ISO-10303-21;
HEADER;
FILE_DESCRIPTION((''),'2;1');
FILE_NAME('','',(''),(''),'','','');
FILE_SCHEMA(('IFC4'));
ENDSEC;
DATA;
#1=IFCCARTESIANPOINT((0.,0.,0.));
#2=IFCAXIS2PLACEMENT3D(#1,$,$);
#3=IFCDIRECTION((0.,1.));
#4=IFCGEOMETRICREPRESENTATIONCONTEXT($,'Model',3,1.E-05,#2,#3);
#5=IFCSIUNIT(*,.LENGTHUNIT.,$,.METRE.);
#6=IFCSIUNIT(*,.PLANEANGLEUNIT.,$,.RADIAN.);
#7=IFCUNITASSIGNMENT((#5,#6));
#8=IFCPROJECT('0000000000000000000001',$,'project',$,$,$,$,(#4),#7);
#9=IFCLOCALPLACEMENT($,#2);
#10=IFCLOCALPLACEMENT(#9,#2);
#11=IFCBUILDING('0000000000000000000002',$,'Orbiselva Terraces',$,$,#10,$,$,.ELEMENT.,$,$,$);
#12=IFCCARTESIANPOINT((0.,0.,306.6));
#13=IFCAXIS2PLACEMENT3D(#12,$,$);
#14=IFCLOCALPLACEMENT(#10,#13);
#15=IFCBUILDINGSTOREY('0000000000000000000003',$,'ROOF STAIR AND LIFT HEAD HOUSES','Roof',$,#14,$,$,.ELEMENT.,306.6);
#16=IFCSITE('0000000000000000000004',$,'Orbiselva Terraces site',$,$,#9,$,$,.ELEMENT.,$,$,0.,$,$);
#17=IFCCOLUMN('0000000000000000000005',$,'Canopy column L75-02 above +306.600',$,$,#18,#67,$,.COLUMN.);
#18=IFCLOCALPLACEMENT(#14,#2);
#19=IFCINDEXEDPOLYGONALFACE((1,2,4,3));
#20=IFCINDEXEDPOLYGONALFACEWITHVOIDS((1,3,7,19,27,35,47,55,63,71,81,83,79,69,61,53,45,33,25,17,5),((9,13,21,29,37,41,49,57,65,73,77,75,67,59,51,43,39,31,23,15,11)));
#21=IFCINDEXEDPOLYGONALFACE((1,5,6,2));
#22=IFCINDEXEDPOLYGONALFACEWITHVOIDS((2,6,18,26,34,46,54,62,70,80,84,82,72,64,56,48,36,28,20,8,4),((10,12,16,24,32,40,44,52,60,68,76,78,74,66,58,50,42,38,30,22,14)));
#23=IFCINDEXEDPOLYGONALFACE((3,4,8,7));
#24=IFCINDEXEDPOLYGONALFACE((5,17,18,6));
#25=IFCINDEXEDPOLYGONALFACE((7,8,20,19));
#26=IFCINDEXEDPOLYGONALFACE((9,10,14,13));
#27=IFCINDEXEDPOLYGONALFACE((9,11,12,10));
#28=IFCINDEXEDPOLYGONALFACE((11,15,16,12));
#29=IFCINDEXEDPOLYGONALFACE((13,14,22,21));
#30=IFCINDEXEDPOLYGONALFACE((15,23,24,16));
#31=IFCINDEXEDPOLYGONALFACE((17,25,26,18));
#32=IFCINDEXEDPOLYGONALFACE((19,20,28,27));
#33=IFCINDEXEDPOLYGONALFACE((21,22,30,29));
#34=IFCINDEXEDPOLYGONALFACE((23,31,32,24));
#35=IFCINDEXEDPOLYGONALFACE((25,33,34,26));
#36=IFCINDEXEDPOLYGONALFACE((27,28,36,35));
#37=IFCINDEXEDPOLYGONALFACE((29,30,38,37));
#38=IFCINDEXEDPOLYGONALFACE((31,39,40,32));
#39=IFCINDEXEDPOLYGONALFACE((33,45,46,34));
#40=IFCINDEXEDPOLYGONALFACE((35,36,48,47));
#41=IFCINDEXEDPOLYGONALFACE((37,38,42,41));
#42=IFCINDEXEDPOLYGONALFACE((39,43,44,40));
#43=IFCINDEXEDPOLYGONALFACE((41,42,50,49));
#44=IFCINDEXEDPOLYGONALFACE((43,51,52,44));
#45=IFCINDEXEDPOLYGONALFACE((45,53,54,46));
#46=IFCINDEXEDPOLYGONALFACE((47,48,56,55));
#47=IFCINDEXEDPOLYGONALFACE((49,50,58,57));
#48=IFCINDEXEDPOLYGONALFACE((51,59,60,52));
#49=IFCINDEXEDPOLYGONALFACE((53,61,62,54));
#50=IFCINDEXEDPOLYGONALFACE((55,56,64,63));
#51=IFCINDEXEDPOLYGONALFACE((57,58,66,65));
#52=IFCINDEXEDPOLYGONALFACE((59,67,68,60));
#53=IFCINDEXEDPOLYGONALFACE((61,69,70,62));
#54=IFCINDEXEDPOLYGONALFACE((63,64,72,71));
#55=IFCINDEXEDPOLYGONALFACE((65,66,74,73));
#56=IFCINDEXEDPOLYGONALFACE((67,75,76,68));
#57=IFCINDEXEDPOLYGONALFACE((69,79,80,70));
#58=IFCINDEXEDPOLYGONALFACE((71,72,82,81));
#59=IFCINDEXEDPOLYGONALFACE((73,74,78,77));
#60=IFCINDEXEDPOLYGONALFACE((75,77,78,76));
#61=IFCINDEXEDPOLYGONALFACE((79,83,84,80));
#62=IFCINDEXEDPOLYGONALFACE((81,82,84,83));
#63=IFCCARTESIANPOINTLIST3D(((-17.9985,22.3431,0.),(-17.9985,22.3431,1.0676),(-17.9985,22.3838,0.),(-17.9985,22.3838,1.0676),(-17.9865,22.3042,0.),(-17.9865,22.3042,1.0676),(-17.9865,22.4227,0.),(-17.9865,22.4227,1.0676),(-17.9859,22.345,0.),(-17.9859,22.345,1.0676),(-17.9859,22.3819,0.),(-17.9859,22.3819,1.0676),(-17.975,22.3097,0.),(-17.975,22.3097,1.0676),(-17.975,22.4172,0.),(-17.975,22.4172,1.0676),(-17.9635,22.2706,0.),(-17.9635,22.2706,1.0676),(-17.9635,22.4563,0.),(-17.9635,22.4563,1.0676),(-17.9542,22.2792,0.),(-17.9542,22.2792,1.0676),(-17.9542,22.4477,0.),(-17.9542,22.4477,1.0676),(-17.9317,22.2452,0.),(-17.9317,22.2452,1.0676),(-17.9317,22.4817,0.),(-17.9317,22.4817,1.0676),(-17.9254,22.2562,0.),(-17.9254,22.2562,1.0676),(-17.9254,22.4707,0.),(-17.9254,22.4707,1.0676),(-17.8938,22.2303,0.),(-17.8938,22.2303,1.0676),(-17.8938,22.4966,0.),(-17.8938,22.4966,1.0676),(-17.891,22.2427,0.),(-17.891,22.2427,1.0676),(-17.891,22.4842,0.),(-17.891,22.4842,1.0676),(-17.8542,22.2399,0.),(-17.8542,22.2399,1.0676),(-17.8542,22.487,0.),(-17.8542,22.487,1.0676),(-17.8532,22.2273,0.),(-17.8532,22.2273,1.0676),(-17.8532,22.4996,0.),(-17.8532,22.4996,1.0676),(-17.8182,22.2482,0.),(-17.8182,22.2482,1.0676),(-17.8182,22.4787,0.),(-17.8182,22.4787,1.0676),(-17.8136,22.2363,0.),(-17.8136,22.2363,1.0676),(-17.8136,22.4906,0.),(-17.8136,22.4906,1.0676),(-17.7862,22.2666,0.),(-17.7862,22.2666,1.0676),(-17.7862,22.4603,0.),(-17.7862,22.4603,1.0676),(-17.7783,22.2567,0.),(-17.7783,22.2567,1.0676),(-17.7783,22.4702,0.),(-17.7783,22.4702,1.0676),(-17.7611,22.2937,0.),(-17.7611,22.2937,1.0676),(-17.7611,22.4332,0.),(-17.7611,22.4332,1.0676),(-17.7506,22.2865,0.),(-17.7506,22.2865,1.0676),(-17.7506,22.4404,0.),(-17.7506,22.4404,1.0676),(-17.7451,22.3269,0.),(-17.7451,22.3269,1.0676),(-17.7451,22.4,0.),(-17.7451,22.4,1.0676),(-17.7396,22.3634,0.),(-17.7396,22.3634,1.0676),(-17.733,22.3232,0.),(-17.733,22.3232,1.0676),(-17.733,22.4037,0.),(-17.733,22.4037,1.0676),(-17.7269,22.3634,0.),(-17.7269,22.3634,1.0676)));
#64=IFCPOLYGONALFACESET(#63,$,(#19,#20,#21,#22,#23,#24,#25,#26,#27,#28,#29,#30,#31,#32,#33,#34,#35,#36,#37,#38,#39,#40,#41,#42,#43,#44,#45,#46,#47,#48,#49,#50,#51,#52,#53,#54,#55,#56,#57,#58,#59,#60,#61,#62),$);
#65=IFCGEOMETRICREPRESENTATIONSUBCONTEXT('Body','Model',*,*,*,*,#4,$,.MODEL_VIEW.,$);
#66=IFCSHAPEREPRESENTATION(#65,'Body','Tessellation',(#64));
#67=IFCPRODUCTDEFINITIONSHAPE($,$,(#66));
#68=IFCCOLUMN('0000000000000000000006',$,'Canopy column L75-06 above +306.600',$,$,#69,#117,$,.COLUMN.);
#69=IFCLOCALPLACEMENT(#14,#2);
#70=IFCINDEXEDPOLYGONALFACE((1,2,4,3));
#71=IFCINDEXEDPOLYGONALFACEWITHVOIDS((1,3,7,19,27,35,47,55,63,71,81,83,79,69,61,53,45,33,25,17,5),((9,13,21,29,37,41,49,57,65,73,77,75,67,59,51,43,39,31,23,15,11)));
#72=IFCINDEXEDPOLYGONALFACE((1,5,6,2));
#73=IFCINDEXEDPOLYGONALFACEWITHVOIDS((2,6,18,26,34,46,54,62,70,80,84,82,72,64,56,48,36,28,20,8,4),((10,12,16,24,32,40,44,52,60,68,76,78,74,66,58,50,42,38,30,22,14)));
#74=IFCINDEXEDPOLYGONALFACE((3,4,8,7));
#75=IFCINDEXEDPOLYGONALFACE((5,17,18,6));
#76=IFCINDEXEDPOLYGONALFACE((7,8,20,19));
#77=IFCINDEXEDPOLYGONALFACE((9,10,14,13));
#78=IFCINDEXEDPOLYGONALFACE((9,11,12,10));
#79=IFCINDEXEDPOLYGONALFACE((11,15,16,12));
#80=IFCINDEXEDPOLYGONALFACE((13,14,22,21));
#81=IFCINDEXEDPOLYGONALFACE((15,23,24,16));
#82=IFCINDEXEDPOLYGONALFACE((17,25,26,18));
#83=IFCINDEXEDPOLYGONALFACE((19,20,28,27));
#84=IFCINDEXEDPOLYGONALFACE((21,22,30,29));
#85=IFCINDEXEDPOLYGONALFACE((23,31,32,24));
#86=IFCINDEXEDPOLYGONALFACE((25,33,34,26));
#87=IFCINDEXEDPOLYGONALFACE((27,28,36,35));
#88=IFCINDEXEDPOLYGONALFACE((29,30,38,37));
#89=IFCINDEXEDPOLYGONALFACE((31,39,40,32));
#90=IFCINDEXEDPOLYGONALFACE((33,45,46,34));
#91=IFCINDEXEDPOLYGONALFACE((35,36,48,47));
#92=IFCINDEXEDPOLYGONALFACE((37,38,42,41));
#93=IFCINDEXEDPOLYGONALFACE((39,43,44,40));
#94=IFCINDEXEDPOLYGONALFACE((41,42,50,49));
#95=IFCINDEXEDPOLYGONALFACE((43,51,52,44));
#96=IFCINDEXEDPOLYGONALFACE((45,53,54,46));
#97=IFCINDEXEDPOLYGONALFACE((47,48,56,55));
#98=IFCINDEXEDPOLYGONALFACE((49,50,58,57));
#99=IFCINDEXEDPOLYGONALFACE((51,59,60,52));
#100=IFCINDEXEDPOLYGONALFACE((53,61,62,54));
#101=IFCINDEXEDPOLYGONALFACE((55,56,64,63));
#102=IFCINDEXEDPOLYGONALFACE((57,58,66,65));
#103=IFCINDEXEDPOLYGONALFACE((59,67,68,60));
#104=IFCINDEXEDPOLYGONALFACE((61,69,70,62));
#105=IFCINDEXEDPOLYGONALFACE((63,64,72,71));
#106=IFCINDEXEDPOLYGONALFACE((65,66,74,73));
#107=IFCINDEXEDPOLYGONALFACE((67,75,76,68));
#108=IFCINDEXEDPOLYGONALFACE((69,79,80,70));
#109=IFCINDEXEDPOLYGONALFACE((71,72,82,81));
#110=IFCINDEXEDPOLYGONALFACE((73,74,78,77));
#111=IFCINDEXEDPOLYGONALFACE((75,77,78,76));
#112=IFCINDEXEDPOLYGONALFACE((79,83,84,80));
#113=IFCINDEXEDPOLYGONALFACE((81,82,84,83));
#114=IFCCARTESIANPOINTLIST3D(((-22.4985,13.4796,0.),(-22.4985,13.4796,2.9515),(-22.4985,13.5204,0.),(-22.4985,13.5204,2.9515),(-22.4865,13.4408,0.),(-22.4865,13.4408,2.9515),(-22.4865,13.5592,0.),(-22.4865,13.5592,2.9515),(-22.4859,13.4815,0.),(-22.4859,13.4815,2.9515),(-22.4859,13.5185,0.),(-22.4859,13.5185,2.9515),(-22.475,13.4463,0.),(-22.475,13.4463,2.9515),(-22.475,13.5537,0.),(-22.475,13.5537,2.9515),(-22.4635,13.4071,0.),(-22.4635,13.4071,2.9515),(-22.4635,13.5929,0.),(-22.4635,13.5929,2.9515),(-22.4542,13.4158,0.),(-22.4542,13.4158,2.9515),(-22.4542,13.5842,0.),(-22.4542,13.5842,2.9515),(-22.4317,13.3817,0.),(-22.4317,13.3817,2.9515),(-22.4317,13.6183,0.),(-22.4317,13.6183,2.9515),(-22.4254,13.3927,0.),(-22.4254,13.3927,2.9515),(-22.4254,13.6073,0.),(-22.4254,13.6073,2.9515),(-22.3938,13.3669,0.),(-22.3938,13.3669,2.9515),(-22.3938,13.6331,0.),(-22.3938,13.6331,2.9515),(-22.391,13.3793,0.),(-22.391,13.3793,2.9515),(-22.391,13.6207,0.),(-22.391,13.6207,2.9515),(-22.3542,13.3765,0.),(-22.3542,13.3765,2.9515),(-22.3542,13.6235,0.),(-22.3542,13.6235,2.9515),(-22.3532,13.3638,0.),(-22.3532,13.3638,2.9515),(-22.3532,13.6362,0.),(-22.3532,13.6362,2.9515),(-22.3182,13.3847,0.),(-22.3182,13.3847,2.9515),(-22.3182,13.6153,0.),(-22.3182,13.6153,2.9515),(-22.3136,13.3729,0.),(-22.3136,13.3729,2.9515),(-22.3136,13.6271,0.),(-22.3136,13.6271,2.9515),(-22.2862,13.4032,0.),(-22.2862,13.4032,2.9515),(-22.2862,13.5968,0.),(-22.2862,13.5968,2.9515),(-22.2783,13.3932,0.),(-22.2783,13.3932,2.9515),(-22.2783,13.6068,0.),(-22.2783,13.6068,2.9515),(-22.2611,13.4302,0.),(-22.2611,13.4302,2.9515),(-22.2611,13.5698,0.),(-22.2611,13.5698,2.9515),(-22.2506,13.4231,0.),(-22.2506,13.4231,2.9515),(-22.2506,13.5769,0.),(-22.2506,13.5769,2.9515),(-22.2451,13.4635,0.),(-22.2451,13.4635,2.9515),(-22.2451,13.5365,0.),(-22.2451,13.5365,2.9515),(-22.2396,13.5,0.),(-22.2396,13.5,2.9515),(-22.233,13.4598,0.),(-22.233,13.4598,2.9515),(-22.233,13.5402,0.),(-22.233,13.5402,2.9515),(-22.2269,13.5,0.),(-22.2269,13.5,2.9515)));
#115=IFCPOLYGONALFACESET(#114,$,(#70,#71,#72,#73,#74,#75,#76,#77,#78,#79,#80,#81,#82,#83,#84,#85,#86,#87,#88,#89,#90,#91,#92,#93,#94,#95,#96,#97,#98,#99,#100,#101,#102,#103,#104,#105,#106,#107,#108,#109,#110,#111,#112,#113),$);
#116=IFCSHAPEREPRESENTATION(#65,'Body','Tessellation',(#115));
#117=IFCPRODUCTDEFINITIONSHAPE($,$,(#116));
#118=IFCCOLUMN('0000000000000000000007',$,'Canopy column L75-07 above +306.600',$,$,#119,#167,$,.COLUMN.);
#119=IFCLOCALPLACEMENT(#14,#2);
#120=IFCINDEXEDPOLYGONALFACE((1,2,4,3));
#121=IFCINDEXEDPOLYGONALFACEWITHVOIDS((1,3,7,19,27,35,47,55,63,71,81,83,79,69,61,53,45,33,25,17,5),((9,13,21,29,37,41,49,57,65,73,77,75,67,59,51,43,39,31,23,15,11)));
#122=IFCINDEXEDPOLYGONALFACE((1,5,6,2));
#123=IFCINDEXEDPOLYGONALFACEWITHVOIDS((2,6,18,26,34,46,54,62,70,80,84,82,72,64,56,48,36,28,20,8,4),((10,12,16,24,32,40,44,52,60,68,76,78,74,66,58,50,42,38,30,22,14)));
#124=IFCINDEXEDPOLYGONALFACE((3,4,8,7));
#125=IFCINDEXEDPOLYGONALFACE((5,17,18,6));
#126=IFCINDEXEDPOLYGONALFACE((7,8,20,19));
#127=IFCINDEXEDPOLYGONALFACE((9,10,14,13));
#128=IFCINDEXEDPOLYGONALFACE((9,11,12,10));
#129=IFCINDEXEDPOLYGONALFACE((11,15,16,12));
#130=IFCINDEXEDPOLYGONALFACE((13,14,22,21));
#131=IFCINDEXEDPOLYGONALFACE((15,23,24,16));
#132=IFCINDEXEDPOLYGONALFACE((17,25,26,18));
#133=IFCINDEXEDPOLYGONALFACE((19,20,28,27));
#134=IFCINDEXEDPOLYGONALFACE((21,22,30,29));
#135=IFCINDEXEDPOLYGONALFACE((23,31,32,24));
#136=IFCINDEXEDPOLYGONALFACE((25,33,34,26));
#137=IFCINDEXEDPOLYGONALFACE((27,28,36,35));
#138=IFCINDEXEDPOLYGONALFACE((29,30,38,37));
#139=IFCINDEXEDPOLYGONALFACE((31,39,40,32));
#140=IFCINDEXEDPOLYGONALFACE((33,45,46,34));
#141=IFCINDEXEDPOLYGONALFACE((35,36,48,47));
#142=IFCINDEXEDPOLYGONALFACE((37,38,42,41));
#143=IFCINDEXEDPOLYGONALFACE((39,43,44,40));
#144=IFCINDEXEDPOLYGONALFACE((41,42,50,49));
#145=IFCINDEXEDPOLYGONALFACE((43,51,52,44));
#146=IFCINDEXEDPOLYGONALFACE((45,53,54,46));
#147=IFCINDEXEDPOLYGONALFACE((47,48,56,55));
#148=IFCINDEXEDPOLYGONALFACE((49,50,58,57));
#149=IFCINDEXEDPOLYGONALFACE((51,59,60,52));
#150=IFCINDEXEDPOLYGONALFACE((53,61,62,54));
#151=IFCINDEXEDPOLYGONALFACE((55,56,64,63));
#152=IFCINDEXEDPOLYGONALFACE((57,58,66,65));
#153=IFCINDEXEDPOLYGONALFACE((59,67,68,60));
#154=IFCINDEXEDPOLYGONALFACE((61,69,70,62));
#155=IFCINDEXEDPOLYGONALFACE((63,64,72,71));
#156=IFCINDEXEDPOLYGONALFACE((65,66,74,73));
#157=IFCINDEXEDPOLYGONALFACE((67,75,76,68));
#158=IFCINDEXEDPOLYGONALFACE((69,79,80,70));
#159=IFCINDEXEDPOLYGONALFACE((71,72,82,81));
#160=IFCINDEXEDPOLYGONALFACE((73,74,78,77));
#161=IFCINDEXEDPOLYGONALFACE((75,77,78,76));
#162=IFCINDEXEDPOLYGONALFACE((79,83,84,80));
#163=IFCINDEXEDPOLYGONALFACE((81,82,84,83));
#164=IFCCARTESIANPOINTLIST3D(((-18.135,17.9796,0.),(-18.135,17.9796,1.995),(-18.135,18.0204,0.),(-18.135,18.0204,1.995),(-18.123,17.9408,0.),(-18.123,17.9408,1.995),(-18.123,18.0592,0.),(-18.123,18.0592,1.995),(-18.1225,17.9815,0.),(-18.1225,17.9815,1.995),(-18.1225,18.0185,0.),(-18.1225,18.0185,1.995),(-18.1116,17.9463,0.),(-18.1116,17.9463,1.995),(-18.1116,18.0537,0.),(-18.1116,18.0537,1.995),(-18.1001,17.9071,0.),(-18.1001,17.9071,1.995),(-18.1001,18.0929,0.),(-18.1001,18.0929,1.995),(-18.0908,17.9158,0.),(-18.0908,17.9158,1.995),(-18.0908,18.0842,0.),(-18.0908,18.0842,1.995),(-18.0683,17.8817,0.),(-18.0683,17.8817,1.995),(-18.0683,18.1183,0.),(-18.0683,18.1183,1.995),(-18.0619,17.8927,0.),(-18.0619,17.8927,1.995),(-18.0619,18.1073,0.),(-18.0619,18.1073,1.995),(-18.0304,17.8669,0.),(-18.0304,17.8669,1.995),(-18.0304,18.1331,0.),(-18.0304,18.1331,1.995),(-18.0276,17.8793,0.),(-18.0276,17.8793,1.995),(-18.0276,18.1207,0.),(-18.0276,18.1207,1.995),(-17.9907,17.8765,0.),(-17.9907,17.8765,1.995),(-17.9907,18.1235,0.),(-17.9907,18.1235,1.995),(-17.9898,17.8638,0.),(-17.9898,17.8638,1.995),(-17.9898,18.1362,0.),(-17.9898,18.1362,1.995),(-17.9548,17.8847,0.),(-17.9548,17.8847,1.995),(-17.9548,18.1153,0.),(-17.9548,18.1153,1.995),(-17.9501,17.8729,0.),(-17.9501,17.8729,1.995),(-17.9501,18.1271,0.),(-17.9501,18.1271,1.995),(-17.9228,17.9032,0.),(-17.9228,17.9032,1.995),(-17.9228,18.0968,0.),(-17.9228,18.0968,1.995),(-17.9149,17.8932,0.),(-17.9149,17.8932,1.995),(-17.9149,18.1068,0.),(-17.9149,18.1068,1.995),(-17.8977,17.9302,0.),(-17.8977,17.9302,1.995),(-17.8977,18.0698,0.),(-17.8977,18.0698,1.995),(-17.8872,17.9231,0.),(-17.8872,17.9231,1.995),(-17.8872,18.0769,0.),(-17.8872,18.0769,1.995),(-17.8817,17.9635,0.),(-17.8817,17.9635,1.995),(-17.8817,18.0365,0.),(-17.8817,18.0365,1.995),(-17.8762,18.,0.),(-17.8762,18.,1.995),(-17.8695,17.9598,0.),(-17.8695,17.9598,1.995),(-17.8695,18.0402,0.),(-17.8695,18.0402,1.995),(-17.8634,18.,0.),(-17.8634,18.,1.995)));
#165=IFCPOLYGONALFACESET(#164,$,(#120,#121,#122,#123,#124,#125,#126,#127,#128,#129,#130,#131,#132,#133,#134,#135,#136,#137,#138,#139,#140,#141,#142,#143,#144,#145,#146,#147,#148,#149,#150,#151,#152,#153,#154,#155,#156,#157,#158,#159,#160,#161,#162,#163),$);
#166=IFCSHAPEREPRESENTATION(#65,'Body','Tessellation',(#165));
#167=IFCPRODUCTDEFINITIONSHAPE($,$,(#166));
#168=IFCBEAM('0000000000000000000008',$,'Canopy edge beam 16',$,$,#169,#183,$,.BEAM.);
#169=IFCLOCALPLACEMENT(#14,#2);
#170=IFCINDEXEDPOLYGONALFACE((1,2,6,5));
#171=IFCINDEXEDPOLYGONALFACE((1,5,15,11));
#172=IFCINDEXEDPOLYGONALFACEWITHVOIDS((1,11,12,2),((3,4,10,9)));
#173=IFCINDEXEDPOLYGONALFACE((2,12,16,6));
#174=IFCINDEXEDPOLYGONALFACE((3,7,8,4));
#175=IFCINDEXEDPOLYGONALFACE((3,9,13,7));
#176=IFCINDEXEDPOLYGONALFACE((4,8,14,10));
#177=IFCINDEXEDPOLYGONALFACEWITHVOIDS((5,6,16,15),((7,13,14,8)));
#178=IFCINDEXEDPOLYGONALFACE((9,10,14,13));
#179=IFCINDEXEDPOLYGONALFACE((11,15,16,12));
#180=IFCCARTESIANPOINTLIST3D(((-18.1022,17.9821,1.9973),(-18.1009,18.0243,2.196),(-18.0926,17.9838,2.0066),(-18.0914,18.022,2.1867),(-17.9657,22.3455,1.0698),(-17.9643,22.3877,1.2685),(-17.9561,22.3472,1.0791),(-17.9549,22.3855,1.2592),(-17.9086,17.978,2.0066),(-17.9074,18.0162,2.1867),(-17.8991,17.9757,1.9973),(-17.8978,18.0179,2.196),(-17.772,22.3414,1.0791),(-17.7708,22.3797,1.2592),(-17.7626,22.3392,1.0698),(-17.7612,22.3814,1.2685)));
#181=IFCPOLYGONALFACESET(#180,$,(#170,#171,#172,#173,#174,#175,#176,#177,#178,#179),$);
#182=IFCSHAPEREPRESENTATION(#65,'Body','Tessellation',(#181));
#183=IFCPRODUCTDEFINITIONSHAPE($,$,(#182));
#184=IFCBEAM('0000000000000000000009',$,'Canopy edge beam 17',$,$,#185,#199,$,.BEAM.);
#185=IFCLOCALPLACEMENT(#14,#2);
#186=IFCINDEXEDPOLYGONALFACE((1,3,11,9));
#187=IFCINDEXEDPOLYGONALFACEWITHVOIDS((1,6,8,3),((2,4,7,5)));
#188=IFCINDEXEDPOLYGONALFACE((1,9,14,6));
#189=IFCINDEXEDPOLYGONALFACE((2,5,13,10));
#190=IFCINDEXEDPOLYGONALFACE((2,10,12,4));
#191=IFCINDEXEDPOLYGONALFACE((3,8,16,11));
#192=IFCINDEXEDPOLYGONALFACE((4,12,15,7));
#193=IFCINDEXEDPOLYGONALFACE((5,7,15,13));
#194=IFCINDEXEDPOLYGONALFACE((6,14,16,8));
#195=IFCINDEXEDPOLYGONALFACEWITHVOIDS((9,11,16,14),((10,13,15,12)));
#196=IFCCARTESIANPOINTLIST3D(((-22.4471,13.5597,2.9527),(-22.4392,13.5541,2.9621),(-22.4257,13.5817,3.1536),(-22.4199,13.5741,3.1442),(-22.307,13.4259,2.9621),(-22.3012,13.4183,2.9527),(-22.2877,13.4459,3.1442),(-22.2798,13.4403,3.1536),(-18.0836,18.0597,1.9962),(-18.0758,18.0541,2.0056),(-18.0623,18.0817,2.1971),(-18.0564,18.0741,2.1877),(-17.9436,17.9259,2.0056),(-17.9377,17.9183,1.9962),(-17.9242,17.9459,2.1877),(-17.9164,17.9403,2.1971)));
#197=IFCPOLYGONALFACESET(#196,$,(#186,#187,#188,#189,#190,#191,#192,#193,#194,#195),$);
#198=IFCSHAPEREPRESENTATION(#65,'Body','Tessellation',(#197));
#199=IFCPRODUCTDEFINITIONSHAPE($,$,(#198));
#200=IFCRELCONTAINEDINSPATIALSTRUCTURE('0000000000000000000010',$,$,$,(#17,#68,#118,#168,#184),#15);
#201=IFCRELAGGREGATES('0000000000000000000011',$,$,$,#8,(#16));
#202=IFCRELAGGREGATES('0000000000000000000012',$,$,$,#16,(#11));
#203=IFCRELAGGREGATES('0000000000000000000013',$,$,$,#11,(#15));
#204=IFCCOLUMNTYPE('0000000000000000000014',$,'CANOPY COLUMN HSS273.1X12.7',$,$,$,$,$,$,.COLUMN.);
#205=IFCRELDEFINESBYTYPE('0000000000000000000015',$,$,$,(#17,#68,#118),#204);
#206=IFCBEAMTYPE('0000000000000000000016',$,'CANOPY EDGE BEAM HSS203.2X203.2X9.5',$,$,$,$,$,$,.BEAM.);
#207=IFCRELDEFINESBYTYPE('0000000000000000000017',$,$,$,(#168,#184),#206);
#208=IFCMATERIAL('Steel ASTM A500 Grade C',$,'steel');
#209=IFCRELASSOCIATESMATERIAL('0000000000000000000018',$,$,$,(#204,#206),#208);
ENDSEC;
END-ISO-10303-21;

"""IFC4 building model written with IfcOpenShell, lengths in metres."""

from ifc_helpers import new_model, si_unit, direction, frame, origin, origin_2d, place, context, subcontext, project, spatial, hollow_rectangle, hollow_circle, extrude, material, material_profile, profile_set, type_object, element, save


model = new_model("IFC4")

# Units and contexts
model_context = context("Model", 3, precision=1e-05, world=origin(), true_north=direction((0.0, 1.0)))
body_context = subcontext(model_context, "Body", "Model", "MODEL_VIEW")
ifc_project = project(units=[si_unit("LENGTHUNIT", "METRE"), si_unit("PLANEANGLEUNIT", "RADIAN")], contexts=[model_context])

# Site, building, storey
site_placement = place(None, origin())
site = spatial("IfcSite", under=ifc_project, at=site_placement, Name="Orbiselva Terraces site", CompositionType="ELEMENT", RefElevation=0.0)
building_placement = place(site_placement, origin())
building = spatial("IfcBuilding", under=site, at=building_placement, Name="Orbiselva Terraces", CompositionType="ELEMENT")
storey_placement = place(building_placement, frame((0.0, 0.0, 306.6)))
storey = spatial("IfcBuildingStorey", under=building, at=storey_placement, Name="ROOF STAIR AND LIFT HEAD HOUSES", Description="Roof", CompositionType="ELEMENT", Elevation=306.6)

# Columns
ifc_material_1 = material(Name="Steel ASTM A500 Grade C", Category="steel")
ifc_material_profile_1 = material_profile(ifc_material_1, hollow_circle(Radius=0.1366, WallThickness=0.0127, at=origin_2d()), Name="HSS273.1X12.7")
ifc_profile_set_1 = profile_set([ifc_material_profile_1], Name="Steel ASTM A500 Grade C")
column_type = type_object("IfcColumnType", Name="CANOPY COLUMN HSS273.1X12.7", PredefinedType="COLUMN", material=ifc_profile_set_1)
column_1_placement = place(storey_placement, frame((-17.8635, 22.3635, 0.0), z_axis=(0.0, 0.0, 1.0), x_axis=(1.0, 0.0, 0.0)))
element("IfcColumn", 1, at=column_1_placement, inside=storey, type_object=column_type, Name="Canopy column L75-02 above +306.600", PredefinedType="COLUMN", context=body_context, shape_type="SweptSolid", body=[
    extrude(hollow_circle(Radius=0.1366, WallThickness=0.0127, at=origin_2d()), origin(), (0.0, 0.0, 1.0), 1.0676),
])
column_2_placement = place(storey_placement, frame((-22.3635, 13.5, 0.0), z_axis=(0.0, 0.0, 1.0), x_axis=(1.0, 0.0, 0.0)))
element("IfcColumn", 2, at=column_2_placement, inside=storey, type_object=column_type, Name="Canopy column L75-06 above +306.600", PredefinedType="COLUMN", context=body_context, shape_type="SweptSolid", body=[
    extrude(hollow_circle(Radius=0.1366, WallThickness=0.0127, at=origin_2d()), origin(), (0.0, 0.0, 1.0), 2.9515),
])
column_3_placement = place(storey_placement, frame((-18.0, 18.0, 0.0), z_axis=(0.0, 0.0, 1.0), x_axis=(1.0, 0.0, 0.0)))
element("IfcColumn", 3, at=column_3_placement, inside=storey, type_object=column_type, Name="Canopy column L75-07 above +306.600", PredefinedType="COLUMN", context=body_context, shape_type="SweptSolid", body=[
    extrude(hollow_circle(Radius=0.1366, WallThickness=0.0127, at=origin_2d()), origin(), (0.0, 0.0, 1.0), 1.995),
])

# Beams
ifc_material_profile_2 = material_profile(ifc_material_1, hollow_rectangle(XDim=0.2032, YDim=0.2032, WallThickness=0.0095, at=origin_2d()), Name="HSS203.2X203.2X9.5")
ifc_profile_set_2 = profile_set([ifc_material_profile_2], Name="Steel ASTM A500 Grade C")
beam_type_1 = type_object("IfcBeamType", Name="CANOPY EDGE BEAM HSS203.2X203.2X9.5", PredefinedType="BEAM", material=ifc_profile_set_2)
beam_1_placement = place(storey_placement, frame((-17.8635, 22.3635, 1.1692), z_axis=(-0.030596, -0.97769, 0.207814), x_axis=(0.999511, -0.031279, 0.0)))
element("IfcBeam", 4, at=beam_1_placement, inside=storey, type_object=beam_type_1, Name="Canopy edge beam 16", PredefinedType="BEAM", context=body_context, shape_type="SweptSolid", body=[
    extrude(hollow_rectangle(XDim=0.2032, YDim=0.2032, WallThickness=0.0095, at=origin_2d()), origin(), (0.0, 0.0, 1.0), 4.463),
])
beam_2_placement = place(storey_placement, frame((-18.0, 18.0, 2.0966), z_axis=(-0.688164, -0.7097, 0.150851), x_axis=(0.717915, -0.696131, 0.0)))
element("IfcBeam", 5, at=beam_2_placement, inside=storey, type_object=beam_type_1, Name="Canopy edge beam 17", PredefinedType="BEAM", context=body_context, shape_type="SweptSolid", body=[
    extrude(hollow_rectangle(XDim=0.2032, YDim=0.2032, WallThickness=0.0095, at=origin_2d()), origin(), (0.0, 0.0, 1.0), 6.3407),
])

save(model, "model.ifc")
